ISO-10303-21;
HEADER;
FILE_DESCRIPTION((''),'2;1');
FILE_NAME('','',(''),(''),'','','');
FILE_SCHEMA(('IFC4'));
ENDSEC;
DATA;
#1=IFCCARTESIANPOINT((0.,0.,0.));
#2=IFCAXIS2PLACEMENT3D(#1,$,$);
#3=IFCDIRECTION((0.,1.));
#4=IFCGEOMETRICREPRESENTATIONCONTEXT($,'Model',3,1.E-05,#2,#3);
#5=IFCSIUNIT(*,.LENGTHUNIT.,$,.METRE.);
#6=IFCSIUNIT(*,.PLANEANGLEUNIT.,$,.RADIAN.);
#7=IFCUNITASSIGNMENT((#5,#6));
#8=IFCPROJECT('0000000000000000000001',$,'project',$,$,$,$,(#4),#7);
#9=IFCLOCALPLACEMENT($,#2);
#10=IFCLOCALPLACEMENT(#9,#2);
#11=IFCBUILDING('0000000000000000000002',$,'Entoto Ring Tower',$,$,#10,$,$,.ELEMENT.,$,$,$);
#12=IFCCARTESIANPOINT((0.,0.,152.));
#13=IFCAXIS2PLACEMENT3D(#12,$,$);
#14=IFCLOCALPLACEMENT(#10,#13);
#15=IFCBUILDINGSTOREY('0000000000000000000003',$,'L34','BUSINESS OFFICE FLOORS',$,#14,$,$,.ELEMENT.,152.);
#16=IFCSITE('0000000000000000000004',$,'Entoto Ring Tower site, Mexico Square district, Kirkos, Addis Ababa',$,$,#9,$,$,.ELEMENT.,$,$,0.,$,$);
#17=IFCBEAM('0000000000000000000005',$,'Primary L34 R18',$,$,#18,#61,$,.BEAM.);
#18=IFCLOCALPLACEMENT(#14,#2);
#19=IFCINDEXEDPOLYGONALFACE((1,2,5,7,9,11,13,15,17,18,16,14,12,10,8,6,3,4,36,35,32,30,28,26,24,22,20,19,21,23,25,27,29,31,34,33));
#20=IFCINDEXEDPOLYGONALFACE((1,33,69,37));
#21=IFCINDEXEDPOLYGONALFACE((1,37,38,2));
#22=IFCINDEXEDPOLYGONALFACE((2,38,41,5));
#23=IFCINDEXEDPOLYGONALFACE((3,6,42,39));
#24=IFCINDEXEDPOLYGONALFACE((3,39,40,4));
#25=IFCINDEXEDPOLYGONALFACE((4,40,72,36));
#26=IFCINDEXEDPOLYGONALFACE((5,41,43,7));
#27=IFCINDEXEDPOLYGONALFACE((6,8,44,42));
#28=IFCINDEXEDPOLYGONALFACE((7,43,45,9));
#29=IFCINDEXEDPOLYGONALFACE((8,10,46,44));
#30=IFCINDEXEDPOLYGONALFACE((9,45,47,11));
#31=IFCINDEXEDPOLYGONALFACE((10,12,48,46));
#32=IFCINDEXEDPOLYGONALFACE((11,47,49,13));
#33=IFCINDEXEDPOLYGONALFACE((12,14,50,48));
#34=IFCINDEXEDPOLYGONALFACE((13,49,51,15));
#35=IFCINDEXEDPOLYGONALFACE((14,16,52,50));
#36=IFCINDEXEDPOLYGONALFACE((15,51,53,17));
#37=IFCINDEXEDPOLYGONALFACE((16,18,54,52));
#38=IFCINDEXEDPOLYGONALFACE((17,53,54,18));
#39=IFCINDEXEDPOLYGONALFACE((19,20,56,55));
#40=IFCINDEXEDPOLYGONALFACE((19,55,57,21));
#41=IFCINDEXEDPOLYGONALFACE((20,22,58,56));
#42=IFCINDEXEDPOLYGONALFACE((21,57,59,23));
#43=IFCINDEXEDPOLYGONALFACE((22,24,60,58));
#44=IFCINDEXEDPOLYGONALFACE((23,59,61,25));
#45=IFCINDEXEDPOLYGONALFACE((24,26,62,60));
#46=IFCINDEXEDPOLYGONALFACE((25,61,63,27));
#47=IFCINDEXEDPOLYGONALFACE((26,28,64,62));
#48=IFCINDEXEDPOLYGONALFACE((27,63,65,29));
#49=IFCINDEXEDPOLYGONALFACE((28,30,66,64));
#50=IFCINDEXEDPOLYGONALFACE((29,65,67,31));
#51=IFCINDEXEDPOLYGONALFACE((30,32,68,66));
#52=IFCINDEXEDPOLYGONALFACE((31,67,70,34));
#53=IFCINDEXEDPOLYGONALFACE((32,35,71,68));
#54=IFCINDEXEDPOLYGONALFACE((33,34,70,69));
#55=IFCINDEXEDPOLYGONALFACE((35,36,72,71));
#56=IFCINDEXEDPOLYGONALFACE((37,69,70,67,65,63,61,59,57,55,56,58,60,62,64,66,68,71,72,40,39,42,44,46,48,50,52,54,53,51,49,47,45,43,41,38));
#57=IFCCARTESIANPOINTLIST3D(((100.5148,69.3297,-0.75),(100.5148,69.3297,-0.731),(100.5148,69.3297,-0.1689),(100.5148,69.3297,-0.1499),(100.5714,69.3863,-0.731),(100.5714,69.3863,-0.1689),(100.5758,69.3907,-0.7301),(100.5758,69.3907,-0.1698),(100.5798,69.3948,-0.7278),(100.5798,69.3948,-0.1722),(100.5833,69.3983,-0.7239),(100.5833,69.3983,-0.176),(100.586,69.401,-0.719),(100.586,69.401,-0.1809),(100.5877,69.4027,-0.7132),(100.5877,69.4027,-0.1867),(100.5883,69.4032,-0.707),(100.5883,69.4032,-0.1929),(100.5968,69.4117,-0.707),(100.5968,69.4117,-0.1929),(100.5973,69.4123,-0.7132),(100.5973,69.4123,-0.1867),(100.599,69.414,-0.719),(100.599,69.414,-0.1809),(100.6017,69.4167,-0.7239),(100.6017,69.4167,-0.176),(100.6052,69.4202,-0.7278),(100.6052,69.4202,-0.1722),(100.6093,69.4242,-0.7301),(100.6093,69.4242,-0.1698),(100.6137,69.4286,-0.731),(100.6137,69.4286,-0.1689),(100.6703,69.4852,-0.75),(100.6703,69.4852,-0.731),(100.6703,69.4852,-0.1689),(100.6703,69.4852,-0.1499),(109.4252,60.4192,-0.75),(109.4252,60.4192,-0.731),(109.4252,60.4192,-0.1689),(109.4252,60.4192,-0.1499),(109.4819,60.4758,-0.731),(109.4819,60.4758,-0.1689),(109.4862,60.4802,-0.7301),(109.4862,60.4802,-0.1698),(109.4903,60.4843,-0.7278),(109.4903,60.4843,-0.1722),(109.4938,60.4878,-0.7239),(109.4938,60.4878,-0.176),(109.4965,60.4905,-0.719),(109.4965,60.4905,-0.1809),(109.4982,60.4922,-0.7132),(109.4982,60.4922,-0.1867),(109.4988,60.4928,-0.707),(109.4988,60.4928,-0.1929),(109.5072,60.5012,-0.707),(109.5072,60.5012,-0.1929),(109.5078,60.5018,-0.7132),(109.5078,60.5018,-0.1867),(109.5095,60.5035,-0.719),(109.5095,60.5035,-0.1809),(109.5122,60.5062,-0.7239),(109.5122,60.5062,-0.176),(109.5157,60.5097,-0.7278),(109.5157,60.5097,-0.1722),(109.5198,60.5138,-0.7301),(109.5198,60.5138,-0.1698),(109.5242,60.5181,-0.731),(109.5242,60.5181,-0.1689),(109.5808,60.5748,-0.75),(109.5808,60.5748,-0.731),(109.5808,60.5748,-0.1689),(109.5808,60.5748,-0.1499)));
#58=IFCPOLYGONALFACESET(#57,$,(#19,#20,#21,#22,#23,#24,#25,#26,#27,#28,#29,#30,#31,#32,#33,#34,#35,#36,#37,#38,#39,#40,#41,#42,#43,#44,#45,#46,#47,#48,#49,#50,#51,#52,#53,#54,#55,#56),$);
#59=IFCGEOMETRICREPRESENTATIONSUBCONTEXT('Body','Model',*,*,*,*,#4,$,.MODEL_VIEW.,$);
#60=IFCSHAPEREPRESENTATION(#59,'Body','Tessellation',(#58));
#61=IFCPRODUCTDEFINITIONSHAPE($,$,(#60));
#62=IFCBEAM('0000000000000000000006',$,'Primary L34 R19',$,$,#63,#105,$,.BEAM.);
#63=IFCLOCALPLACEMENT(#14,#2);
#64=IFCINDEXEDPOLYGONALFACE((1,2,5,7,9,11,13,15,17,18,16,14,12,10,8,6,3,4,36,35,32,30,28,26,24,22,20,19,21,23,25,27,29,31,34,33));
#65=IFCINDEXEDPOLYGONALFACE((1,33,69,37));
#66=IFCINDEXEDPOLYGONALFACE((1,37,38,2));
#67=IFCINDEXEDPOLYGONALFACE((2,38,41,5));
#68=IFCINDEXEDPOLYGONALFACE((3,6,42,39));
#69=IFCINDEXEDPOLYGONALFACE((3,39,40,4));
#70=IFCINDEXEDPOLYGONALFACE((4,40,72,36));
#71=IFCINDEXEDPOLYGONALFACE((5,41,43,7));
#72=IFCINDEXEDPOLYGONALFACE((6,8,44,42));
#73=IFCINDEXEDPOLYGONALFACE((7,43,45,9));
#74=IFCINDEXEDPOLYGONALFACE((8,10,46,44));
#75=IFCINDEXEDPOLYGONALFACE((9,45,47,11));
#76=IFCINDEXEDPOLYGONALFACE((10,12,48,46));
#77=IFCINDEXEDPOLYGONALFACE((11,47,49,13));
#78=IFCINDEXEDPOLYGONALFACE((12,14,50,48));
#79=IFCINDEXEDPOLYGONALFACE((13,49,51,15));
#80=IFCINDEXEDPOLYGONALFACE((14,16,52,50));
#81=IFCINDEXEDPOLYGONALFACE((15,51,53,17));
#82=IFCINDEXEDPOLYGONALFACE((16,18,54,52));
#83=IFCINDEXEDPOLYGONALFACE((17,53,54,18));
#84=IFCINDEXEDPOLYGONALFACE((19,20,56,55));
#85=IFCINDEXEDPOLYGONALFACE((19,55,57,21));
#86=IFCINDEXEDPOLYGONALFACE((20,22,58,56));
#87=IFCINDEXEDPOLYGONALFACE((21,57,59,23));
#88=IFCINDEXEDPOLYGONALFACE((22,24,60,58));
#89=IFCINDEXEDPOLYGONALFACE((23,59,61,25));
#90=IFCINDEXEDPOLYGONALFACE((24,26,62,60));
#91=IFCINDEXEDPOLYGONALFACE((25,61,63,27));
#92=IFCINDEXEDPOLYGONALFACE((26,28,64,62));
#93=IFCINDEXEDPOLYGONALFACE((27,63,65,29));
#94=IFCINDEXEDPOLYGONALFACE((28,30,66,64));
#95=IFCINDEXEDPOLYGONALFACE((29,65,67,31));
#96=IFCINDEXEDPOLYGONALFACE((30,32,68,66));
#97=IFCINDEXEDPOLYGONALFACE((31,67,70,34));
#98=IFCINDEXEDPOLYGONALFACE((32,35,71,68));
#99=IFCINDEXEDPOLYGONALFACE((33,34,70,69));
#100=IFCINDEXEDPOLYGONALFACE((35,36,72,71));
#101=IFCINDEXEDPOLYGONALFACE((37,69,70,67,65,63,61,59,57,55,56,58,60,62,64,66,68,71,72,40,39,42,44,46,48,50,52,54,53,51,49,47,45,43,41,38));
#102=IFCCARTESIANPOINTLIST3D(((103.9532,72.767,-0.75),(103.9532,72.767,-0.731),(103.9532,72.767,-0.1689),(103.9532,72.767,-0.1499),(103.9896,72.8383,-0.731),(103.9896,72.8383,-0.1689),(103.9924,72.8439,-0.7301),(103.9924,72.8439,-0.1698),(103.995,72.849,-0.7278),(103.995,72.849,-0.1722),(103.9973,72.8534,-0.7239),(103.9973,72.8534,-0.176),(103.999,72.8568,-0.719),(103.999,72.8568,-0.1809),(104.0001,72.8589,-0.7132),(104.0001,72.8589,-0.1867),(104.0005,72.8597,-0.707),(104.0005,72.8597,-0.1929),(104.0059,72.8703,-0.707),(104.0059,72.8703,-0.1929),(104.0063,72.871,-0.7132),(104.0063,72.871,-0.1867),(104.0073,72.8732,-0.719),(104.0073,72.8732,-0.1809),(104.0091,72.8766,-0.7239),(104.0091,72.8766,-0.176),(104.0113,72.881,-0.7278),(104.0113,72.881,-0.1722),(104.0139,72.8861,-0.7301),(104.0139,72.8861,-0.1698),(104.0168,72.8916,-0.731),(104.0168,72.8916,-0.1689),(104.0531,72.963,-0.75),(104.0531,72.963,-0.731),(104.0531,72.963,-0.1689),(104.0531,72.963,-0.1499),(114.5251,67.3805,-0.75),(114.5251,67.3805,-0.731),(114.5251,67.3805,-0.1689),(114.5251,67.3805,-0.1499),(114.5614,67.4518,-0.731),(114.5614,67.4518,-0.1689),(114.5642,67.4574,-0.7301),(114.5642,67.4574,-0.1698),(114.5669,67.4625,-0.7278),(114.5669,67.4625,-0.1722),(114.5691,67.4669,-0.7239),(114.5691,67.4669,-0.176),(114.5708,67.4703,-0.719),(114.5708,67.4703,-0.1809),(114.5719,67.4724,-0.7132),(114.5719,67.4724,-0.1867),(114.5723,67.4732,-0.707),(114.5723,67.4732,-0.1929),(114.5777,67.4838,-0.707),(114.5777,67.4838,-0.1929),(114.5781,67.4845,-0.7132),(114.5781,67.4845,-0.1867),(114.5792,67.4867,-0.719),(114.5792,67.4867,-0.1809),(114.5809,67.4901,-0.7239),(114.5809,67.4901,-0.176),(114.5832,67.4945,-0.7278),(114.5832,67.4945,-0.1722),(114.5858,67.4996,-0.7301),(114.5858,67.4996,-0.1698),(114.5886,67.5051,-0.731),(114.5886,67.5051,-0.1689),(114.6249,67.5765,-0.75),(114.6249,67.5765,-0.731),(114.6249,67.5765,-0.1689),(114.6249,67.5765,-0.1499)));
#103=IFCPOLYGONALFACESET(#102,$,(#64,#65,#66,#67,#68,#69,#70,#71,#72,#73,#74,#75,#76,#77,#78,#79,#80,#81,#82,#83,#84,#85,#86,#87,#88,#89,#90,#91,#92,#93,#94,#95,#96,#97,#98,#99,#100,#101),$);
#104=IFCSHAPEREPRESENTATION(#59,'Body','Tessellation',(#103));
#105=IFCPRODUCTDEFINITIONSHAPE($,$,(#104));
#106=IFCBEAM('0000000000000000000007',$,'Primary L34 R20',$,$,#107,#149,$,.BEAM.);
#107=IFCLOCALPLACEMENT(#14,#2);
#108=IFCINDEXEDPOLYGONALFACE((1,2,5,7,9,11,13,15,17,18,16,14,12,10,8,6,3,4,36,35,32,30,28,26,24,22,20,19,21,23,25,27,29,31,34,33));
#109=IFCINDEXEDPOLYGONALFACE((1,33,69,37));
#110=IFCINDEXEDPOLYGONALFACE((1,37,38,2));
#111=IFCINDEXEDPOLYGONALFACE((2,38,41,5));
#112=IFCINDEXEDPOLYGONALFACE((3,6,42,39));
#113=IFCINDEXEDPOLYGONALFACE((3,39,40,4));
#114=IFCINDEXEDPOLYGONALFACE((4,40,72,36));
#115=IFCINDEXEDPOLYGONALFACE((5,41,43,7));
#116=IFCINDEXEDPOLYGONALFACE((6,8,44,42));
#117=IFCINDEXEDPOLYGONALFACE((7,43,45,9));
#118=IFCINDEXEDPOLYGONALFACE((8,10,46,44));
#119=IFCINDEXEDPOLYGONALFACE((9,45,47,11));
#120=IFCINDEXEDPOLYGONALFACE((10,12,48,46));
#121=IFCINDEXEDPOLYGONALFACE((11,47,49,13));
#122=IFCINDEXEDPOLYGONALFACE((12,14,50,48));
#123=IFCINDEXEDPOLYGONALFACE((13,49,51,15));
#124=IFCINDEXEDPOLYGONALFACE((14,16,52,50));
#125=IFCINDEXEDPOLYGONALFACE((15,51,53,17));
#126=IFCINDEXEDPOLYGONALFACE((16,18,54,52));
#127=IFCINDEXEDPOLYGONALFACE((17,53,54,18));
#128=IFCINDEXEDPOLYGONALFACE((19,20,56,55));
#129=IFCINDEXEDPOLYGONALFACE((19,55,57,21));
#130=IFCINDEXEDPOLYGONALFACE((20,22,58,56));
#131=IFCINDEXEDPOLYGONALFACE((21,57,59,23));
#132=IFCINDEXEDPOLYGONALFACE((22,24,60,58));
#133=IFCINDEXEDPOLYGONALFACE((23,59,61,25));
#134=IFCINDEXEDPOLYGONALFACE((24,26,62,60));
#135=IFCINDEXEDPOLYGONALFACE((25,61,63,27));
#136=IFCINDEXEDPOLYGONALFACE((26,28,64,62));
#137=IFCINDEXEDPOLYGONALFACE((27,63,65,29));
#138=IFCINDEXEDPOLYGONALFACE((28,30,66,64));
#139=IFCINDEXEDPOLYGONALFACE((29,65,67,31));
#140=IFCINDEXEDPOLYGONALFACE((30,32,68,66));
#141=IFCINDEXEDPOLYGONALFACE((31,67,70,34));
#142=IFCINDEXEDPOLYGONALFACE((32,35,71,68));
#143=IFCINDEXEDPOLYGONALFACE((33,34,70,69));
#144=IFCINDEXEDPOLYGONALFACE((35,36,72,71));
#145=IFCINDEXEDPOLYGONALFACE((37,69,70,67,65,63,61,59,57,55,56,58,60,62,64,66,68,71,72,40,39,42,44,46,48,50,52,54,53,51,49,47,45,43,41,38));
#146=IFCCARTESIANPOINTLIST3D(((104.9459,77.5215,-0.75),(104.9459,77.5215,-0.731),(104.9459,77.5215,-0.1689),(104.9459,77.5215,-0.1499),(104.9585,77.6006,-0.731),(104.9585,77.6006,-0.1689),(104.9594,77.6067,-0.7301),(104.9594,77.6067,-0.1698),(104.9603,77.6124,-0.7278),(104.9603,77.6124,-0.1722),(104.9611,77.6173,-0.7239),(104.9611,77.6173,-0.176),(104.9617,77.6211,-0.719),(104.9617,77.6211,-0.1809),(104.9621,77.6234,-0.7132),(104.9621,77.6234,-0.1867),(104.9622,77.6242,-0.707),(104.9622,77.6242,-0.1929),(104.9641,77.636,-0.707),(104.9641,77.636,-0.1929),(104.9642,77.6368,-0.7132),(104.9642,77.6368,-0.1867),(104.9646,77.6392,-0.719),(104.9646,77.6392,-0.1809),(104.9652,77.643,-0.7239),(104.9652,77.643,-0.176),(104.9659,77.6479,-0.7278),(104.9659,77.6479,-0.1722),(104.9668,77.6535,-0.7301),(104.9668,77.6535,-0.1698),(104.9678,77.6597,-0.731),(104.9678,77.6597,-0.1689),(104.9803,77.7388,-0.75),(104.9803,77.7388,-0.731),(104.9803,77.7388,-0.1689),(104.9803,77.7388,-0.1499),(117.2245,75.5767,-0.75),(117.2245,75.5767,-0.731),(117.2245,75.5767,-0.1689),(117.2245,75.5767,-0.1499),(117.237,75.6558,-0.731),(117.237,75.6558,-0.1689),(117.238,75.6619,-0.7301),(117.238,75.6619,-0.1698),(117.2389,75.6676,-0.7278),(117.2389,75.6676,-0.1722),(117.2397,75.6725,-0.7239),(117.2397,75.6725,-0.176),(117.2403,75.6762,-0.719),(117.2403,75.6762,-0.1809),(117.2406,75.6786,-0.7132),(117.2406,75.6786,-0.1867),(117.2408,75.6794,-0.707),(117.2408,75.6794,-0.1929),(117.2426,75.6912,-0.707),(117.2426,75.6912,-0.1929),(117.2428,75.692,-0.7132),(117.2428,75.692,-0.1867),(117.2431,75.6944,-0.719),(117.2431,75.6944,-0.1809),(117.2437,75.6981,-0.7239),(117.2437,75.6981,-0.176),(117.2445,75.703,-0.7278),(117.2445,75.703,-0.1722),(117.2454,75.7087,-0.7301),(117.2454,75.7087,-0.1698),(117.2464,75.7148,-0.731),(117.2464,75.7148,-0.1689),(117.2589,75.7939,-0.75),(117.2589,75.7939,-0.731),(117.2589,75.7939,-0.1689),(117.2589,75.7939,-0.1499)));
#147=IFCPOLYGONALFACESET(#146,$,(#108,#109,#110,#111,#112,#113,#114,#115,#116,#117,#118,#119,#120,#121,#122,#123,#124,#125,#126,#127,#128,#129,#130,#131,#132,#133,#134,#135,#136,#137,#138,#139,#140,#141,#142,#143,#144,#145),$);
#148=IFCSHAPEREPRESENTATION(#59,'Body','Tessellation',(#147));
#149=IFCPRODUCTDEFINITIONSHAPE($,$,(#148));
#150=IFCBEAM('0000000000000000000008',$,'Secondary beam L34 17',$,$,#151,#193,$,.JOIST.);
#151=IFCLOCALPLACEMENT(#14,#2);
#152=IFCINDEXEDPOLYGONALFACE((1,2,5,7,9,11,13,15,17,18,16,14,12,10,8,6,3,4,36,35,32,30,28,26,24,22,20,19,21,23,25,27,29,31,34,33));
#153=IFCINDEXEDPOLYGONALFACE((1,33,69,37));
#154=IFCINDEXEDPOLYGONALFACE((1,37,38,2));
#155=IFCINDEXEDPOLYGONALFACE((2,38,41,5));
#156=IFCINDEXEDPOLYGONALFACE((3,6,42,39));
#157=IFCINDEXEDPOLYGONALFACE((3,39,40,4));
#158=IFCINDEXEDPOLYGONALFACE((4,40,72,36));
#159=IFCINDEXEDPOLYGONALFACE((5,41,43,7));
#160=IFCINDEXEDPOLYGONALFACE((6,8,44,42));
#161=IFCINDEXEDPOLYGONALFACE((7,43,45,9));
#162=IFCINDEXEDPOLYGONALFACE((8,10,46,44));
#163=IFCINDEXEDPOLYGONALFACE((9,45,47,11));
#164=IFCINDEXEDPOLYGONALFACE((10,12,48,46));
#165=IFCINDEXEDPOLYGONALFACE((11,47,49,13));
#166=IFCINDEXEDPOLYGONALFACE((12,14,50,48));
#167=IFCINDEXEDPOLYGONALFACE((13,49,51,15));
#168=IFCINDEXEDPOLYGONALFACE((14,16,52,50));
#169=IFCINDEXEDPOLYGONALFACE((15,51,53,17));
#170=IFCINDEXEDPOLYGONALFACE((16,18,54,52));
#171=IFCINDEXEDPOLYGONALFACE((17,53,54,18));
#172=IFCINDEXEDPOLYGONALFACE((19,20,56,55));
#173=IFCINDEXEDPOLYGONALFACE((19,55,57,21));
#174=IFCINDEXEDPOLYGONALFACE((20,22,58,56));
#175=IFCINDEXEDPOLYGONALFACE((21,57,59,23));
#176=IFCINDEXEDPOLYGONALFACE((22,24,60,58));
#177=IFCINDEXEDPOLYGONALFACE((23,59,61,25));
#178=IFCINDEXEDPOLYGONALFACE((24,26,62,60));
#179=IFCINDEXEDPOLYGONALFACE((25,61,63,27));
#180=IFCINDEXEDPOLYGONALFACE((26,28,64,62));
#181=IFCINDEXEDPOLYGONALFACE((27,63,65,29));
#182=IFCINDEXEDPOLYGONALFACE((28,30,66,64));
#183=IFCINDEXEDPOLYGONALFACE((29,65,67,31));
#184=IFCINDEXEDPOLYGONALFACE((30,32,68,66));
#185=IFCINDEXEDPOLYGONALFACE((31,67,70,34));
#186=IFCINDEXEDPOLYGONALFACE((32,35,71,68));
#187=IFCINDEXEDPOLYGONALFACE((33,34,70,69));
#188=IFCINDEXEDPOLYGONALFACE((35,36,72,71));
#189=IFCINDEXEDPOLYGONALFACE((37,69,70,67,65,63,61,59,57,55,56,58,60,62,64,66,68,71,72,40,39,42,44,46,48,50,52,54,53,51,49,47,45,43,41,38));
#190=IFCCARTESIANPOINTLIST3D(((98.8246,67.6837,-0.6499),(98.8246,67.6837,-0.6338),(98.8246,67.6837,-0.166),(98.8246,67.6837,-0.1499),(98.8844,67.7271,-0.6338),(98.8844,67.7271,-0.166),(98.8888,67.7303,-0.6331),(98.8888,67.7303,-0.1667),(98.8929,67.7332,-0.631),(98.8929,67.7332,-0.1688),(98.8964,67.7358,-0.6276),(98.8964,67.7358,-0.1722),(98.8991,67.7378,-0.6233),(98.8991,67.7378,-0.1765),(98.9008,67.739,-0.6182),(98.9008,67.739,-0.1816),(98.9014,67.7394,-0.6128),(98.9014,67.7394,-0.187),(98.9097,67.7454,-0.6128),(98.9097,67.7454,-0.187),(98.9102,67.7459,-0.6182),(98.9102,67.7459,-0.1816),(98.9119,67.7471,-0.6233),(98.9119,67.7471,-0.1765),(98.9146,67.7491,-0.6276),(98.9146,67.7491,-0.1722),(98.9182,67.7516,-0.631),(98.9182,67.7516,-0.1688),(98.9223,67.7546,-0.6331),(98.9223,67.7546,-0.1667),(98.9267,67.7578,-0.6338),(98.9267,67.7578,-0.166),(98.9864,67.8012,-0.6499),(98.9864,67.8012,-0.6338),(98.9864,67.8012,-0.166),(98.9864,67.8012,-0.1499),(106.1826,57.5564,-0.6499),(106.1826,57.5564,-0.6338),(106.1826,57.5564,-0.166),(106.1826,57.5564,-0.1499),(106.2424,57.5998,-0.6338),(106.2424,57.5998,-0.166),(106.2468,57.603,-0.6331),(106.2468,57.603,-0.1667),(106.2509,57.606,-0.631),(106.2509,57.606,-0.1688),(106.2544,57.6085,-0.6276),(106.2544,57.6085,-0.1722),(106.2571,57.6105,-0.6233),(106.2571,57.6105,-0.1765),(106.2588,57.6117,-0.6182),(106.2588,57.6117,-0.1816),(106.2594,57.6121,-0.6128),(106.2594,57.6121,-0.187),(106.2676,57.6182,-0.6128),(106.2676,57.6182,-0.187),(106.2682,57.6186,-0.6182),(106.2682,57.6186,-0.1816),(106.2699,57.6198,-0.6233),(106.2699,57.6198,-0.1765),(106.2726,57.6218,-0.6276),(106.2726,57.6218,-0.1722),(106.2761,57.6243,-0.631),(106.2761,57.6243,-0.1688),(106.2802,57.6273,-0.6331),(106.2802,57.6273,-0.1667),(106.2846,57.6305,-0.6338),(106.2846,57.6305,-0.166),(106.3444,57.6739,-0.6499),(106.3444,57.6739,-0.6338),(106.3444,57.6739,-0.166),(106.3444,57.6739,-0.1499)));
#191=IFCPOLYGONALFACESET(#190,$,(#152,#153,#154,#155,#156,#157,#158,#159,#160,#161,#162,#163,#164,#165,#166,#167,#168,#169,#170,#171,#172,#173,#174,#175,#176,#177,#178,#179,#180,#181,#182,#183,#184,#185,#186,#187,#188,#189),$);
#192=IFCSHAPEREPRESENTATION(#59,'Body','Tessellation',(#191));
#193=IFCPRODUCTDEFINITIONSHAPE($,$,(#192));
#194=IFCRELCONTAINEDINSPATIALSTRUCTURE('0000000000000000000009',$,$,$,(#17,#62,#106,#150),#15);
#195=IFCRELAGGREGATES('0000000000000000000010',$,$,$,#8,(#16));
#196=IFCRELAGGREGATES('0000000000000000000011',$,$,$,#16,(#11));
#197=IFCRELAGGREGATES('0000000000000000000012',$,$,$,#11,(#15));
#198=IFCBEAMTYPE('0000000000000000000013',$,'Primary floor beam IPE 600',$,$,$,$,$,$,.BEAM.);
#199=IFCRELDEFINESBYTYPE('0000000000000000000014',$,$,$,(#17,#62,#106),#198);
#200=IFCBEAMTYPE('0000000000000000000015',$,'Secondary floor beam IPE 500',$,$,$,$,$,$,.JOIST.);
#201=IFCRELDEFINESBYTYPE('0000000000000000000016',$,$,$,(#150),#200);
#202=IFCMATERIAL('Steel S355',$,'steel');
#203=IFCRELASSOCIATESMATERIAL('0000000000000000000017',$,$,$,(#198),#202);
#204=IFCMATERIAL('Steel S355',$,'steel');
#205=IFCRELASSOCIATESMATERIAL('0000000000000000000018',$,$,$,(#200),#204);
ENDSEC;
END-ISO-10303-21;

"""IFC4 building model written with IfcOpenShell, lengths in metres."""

from ifc_helpers import new_model, si_unit, direction, frame, origin, origin_2d, place, context, subcontext, project, spatial, i_section, extrude, material, material_profile, profile_set, type_object, element, save


model = new_model("IFC4")

# Units and contexts
model_context = context("Model", 3, precision=1e-05, world=origin(), true_north=direction((0.0, 1.0)))
body_context = subcontext(model_context, "Body", "Model", "MODEL_VIEW")
ifc_project = project(units=[si_unit("LENGTHUNIT", "METRE"), si_unit("PLANEANGLEUNIT", "RADIAN")], contexts=[model_context])

# Site, building, storey
site_placement = place(None, origin())
site = spatial("IfcSite", under=ifc_project, at=site_placement, Name="Entoto Ring Tower site, Mexico Square district, Kirkos, Addis Ababa", CompositionType="ELEMENT", RefElevation=0.0)
building_placement = place(site_placement, origin())
building = spatial("IfcBuilding", under=site, at=building_placement, Name="Entoto Ring Tower", CompositionType="ELEMENT")
storey_placement = place(building_placement, frame((0.0, 0.0, 152.0)))
storey = spatial("IfcBuildingStorey", under=building, at=storey_placement, Name="L34", Description="BUSINESS OFFICE FLOORS", CompositionType="ELEMENT", Elevation=152.0)

# Beams
ifc_material_1 = material(Name="Steel S355", Category="steel")
ifc_material_profile_1 = material_profile(ifc_material_1, i_section(OverallWidth=0.22, OverallDepth=0.6001, WebThickness=0.012, FlangeThickness=0.019, FilletRadius=0.0239, at=origin_2d()), Name="IPE 600")
ifc_profile_set_1 = profile_set([ifc_material_profile_1], Name="Steel S355")
beam_type_1 = type_object("IfcBeamType", Name="Primary floor beam IPE 600", PredefinedType="BEAM", material=ifc_profile_set_1)
beam_1_placement = place(storey_placement, frame((100.5925, 69.4075, -0.45), z_axis=(0.707107, -0.707107, 0.0), x_axis=(0.707107, 0.707107, 0.0)))
element("IfcBeam", 1, at=beam_1_placement, inside=storey, type_object=beam_type_1, Name="Primary L34 R18", PredefinedType="BEAM", context=body_context, shape_type="SweptSolid", body=[
    extrude(i_section(OverallWidth=0.22, OverallDepth=0.6001, WebThickness=0.012, FlangeThickness=0.019, FilletRadius=0.0239, at=origin_2d()), origin(), (0.0, 0.0, 1.0), 12.6013),
])
beam_2_placement = place(storey_placement, frame((104.0032, 72.865, -0.45), z_axis=(0.89101, -0.453983, 0.0), x_axis=(0.453983, 0.89101, 0.0)))
element("IfcBeam", 2, at=beam_2_placement, inside=storey, type_object=beam_type_1, Name="Primary L34 R19", PredefinedType="BEAM", context=body_context, shape_type="SweptSolid", body=[
    extrude(i_section(OverallWidth=0.22, OverallDepth=0.6001, WebThickness=0.012, FlangeThickness=0.019, FilletRadius=0.0239, at=origin_2d()), origin(), (0.0, 0.0, 1.0), 11.865),
])
beam_3_placement = place(storey_placement, frame((104.9631, 77.6301, -0.45), z_axis=(0.987687, -0.156442, 0.0), x_axis=(0.156442, 0.987687, 0.0)))
element("IfcBeam", 3, at=beam_3_placement, inside=storey, type_object=beam_type_1, Name="Primary L34 R20", PredefinedType="BEAM", context=body_context, shape_type="SweptSolid", body=[
    extrude(i_section(OverallWidth=0.22, OverallDepth=0.6001, WebThickness=0.012, FlangeThickness=0.019, FilletRadius=0.0239, at=origin_2d()), origin(), (0.0, 0.0, 1.0), 12.4316),
])
ifc_material_2 = material(Name="Steel S355", Category="steel")
ifc_material_profile_2 = material_profile(ifc_material_2, i_section(OverallWidth=0.2, OverallDepth=0.5, WebThickness=0.0103, FlangeThickness=0.0161, FilletRadius=0.021, at=origin_2d()), Name="IPE 500")
ifc_profile_set_2 = profile_set([ifc_material_profile_2], Name="Steel S355")
beam_type_2 = type_object("IfcBeamType", Name="Secondary floor beam IPE 500", PredefinedType="JOIST", material=ifc_profile_set_2)
for number, where, z_axis, x_axis, name in (
    (4, (98.9055, 67.7424, -0.3999), (0.587789, -0.809014, 0.0), (0.809014, 0.587789, 0.0), "Secondary beam L34 17"),
):
    element("IfcBeam", number, at=place(storey_placement, frame(where, z_axis=z_axis, x_axis=x_axis)), inside=storey, type_object=beam_type_2, Name=name, PredefinedType="JOIST", context=body_context, shape_type="SweptSolid", body=[
        extrude(i_section(OverallWidth=0.2, OverallDepth=0.5, WebThickness=0.0103, FlangeThickness=0.0161, FilletRadius=0.021, at=origin_2d()), origin(), (0.0, 0.0, 1.0), 12.5181),
    ])

save(model, "model.ifc")
